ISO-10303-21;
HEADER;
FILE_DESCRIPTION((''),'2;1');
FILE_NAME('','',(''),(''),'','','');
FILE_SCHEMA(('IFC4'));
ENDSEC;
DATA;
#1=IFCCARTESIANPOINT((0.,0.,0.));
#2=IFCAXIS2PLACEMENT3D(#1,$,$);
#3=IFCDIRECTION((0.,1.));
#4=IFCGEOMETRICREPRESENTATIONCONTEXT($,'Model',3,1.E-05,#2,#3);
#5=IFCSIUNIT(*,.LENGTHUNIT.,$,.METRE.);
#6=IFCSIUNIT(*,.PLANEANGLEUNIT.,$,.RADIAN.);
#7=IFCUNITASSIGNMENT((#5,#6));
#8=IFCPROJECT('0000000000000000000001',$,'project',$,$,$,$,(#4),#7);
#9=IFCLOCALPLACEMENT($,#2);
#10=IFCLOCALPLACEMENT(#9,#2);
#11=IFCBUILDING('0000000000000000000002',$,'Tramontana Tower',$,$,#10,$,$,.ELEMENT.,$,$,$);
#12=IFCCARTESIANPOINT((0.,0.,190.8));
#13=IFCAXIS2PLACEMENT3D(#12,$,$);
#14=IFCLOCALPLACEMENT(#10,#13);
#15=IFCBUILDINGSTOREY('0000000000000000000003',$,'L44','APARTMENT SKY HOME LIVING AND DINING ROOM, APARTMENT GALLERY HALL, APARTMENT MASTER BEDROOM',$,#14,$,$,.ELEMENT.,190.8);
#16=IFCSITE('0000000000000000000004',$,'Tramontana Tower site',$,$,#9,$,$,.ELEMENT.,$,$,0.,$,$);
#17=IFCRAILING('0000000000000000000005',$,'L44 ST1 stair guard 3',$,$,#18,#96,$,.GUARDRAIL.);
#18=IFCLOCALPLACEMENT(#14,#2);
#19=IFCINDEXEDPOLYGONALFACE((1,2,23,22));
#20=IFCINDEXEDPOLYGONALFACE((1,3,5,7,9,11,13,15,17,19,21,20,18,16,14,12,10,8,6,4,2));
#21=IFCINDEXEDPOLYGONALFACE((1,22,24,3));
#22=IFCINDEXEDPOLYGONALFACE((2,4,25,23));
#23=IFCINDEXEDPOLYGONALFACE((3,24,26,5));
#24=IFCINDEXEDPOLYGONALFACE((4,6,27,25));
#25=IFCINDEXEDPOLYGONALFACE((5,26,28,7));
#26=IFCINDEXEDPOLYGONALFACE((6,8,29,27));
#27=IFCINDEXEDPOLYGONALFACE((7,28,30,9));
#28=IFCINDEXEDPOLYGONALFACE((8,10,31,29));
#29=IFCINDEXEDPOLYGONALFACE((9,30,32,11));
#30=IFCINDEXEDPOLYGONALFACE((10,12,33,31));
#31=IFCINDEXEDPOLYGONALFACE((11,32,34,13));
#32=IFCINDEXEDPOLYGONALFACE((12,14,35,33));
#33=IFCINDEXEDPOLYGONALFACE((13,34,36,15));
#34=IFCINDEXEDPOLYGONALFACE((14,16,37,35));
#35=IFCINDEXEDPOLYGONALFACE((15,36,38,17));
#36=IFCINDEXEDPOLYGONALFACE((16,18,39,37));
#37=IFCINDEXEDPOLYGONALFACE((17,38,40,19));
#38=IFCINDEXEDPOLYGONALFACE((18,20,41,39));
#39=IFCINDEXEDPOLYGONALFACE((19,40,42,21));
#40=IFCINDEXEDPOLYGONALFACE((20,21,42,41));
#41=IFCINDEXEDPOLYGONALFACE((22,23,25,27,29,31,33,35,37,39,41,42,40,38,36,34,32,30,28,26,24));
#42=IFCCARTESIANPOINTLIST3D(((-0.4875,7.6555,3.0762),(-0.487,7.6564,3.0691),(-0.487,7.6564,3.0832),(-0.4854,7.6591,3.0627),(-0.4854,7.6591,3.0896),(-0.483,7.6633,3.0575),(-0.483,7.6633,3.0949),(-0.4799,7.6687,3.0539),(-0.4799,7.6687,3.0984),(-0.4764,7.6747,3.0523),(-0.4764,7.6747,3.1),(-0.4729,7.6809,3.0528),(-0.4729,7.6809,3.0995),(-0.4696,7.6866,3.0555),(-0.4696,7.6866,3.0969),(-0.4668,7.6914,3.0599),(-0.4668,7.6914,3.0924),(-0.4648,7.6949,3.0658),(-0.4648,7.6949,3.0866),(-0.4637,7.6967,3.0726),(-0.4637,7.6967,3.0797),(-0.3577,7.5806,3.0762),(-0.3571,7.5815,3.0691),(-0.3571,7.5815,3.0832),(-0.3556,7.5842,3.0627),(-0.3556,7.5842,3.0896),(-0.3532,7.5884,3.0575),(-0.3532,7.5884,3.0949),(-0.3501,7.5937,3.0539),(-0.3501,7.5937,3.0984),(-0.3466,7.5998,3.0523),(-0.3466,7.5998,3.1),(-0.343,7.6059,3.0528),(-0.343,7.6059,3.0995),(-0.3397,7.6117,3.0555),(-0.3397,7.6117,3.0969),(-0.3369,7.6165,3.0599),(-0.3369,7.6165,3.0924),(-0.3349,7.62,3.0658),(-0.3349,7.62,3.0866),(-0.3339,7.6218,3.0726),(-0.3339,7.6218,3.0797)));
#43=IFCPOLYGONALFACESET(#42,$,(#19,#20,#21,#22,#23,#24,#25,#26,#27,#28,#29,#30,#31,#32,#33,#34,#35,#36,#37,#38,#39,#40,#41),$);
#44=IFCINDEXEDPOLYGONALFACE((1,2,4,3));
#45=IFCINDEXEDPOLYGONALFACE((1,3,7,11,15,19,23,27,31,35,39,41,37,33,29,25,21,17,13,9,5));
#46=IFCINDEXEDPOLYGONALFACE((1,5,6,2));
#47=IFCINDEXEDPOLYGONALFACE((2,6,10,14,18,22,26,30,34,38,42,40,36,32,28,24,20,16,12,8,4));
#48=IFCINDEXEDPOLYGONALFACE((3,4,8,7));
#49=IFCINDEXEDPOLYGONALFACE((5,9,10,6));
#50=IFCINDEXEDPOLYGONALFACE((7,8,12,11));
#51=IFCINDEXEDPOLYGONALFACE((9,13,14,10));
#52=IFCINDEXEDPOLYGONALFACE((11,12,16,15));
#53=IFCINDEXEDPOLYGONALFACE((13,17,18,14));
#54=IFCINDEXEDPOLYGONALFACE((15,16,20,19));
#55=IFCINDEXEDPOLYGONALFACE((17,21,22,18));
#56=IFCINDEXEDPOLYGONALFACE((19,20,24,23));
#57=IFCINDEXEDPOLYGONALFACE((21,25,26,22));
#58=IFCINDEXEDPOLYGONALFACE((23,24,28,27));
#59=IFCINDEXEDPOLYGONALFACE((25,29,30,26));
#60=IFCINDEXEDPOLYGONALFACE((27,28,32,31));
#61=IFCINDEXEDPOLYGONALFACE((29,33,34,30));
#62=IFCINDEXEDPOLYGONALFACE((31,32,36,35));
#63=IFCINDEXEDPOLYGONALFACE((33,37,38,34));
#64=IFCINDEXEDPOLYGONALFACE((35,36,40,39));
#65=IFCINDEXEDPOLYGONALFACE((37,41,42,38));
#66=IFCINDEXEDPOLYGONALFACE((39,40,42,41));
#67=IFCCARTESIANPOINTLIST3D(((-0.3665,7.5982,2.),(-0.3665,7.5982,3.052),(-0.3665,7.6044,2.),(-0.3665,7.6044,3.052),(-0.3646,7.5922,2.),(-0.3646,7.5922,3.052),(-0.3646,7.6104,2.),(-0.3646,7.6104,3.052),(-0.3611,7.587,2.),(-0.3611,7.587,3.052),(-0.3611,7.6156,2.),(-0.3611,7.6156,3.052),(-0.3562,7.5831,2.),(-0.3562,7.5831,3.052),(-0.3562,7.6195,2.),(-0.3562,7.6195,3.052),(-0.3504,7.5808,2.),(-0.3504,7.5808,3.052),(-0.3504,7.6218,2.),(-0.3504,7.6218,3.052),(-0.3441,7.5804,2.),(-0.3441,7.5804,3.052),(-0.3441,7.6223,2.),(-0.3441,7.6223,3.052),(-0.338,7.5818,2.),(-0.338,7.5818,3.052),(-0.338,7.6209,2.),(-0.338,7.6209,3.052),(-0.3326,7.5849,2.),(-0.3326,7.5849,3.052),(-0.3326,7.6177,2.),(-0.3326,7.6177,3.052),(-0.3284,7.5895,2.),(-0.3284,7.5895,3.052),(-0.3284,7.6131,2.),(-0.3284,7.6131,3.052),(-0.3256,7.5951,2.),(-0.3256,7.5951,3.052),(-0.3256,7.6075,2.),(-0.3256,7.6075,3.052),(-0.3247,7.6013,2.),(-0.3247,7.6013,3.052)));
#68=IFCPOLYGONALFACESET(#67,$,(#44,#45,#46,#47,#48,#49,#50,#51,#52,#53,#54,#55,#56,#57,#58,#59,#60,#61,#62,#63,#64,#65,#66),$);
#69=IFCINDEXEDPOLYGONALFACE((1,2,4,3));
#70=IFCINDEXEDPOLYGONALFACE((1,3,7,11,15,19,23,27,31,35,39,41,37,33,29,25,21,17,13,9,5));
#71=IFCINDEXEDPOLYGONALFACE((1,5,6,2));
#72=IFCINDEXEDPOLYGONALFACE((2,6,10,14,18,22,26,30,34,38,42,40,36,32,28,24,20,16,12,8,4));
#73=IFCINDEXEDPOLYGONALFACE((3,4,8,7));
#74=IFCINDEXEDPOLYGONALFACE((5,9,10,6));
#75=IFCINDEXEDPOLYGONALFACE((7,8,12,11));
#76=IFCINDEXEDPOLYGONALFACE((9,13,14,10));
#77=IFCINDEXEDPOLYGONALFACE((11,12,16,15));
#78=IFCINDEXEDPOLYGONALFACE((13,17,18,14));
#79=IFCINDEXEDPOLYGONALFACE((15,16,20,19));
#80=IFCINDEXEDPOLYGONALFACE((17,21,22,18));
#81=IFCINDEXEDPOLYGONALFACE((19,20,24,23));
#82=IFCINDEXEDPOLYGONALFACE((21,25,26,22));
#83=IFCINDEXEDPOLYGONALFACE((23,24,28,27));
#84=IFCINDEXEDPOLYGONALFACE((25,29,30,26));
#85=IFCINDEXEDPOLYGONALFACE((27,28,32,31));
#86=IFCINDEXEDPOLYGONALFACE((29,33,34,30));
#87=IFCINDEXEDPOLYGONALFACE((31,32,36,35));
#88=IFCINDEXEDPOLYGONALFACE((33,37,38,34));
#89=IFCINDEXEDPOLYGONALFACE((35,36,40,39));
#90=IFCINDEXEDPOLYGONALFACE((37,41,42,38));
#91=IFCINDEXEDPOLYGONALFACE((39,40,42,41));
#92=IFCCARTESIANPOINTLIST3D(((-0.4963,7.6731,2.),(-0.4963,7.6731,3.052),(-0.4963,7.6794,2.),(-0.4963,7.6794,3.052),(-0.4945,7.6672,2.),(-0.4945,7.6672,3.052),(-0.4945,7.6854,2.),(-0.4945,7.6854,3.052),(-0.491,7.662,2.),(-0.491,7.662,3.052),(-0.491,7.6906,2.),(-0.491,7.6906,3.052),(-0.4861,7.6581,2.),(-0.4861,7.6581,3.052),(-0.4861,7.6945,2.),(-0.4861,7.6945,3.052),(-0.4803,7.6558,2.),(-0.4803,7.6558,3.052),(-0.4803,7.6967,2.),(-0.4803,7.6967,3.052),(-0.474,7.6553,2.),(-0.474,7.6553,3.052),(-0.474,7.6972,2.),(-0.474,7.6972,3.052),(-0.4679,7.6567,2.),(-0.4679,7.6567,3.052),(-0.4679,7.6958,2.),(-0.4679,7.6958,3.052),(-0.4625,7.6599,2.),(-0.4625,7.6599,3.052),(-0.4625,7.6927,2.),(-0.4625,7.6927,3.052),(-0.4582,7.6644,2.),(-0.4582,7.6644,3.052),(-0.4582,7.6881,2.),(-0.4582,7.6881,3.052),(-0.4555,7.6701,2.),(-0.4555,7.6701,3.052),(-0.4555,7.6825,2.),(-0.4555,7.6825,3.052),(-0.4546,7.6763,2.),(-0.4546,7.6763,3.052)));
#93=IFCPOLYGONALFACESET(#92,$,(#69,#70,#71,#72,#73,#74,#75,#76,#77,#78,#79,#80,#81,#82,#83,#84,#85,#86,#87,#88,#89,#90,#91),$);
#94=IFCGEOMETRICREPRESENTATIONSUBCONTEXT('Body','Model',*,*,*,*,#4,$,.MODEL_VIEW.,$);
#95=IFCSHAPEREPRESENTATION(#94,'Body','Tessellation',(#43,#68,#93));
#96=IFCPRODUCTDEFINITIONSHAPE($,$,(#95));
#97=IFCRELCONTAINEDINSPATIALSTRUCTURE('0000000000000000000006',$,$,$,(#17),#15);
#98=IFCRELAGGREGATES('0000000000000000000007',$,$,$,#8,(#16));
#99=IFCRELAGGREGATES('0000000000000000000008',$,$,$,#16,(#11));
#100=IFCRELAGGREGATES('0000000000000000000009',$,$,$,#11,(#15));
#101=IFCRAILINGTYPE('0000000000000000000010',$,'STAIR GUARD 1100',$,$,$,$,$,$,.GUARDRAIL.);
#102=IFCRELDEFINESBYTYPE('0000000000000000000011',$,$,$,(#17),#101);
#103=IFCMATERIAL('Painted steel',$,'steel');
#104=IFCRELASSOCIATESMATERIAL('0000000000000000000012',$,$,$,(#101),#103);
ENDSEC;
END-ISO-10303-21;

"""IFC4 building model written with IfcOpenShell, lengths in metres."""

from ifc_helpers import new_model, si_unit, direction, frame, origin, origin_2d, place, context, subcontext, project, spatial, circle, extrude, material, type_object, element, save


model = new_model("IFC4")

# Units and contexts
model_context = context("Model", 3, precision=1e-05, world=origin(), true_north=direction((0.0, 1.0)))
body_context = subcontext(model_context, "Body", "Model", "MODEL_VIEW")
ifc_project = project(units=[si_unit("LENGTHUNIT", "METRE"), si_unit("PLANEANGLEUNIT", "RADIAN")], contexts=[model_context])

# Site, building, storey
site_placement = place(None, origin())
site = spatial("IfcSite", under=ifc_project, at=site_placement, Name="Tramontana Tower site", CompositionType="ELEMENT", RefElevation=0.0)
building_placement = place(site_placement, origin())
building = spatial("IfcBuilding", under=site, at=building_placement, Name="Tramontana Tower", CompositionType="ELEMENT")
storey_placement = place(building_placement, frame((0.0, 0.0, 190.8)))
storey = spatial("IfcBuildingStorey", under=building, at=storey_placement, Name="L44", Description="APARTMENT SKY HOME LIVING AND DINING ROOM, APARTMENT GALLERY HALL, APARTMENT MASTER BEDROOM", CompositionType="ELEMENT", Elevation=190.8)

# Railing
ifc_material_1 = material(Name="Painted steel", Category="steel")
railing_type = type_object("IfcRailingType", Name="STAIR GUARD 1100", PredefinedType="GUARDRAIL", material=ifc_material_1)
railing_1_placement = place(storey_placement, frame((-0.3457, 7.6013, 2.0)))
element("IfcRailing", 1, at=railing_1_placement, inside=storey, type_object=railing_type, Name="L44 ST1 stair guard 3", PredefinedType="GUARDRAIL", context=body_context, shape_type="SweptSolid", body=[
    extrude(circle(Radius=0.0239, at=origin_2d()), frame((0.0, 0.0, 1.0762), z_axis=(-0.866131, 0.499816, 0.0), x_axis=(-0.499816, -0.866131, 0.0)), (0.0, 0.0, 1.0), 0.1499),
    extrude(circle(Radius=0.021, at=origin_2d()), origin(), (0.0, 0.0, 1.0), 1.052),
    extrude(circle(Radius=0.021, at=origin_2d()), frame((-0.1299, 0.075, 0.0)), (0.0, 0.0, 1.0), 1.052),
])

save(model, "model.ifc")
